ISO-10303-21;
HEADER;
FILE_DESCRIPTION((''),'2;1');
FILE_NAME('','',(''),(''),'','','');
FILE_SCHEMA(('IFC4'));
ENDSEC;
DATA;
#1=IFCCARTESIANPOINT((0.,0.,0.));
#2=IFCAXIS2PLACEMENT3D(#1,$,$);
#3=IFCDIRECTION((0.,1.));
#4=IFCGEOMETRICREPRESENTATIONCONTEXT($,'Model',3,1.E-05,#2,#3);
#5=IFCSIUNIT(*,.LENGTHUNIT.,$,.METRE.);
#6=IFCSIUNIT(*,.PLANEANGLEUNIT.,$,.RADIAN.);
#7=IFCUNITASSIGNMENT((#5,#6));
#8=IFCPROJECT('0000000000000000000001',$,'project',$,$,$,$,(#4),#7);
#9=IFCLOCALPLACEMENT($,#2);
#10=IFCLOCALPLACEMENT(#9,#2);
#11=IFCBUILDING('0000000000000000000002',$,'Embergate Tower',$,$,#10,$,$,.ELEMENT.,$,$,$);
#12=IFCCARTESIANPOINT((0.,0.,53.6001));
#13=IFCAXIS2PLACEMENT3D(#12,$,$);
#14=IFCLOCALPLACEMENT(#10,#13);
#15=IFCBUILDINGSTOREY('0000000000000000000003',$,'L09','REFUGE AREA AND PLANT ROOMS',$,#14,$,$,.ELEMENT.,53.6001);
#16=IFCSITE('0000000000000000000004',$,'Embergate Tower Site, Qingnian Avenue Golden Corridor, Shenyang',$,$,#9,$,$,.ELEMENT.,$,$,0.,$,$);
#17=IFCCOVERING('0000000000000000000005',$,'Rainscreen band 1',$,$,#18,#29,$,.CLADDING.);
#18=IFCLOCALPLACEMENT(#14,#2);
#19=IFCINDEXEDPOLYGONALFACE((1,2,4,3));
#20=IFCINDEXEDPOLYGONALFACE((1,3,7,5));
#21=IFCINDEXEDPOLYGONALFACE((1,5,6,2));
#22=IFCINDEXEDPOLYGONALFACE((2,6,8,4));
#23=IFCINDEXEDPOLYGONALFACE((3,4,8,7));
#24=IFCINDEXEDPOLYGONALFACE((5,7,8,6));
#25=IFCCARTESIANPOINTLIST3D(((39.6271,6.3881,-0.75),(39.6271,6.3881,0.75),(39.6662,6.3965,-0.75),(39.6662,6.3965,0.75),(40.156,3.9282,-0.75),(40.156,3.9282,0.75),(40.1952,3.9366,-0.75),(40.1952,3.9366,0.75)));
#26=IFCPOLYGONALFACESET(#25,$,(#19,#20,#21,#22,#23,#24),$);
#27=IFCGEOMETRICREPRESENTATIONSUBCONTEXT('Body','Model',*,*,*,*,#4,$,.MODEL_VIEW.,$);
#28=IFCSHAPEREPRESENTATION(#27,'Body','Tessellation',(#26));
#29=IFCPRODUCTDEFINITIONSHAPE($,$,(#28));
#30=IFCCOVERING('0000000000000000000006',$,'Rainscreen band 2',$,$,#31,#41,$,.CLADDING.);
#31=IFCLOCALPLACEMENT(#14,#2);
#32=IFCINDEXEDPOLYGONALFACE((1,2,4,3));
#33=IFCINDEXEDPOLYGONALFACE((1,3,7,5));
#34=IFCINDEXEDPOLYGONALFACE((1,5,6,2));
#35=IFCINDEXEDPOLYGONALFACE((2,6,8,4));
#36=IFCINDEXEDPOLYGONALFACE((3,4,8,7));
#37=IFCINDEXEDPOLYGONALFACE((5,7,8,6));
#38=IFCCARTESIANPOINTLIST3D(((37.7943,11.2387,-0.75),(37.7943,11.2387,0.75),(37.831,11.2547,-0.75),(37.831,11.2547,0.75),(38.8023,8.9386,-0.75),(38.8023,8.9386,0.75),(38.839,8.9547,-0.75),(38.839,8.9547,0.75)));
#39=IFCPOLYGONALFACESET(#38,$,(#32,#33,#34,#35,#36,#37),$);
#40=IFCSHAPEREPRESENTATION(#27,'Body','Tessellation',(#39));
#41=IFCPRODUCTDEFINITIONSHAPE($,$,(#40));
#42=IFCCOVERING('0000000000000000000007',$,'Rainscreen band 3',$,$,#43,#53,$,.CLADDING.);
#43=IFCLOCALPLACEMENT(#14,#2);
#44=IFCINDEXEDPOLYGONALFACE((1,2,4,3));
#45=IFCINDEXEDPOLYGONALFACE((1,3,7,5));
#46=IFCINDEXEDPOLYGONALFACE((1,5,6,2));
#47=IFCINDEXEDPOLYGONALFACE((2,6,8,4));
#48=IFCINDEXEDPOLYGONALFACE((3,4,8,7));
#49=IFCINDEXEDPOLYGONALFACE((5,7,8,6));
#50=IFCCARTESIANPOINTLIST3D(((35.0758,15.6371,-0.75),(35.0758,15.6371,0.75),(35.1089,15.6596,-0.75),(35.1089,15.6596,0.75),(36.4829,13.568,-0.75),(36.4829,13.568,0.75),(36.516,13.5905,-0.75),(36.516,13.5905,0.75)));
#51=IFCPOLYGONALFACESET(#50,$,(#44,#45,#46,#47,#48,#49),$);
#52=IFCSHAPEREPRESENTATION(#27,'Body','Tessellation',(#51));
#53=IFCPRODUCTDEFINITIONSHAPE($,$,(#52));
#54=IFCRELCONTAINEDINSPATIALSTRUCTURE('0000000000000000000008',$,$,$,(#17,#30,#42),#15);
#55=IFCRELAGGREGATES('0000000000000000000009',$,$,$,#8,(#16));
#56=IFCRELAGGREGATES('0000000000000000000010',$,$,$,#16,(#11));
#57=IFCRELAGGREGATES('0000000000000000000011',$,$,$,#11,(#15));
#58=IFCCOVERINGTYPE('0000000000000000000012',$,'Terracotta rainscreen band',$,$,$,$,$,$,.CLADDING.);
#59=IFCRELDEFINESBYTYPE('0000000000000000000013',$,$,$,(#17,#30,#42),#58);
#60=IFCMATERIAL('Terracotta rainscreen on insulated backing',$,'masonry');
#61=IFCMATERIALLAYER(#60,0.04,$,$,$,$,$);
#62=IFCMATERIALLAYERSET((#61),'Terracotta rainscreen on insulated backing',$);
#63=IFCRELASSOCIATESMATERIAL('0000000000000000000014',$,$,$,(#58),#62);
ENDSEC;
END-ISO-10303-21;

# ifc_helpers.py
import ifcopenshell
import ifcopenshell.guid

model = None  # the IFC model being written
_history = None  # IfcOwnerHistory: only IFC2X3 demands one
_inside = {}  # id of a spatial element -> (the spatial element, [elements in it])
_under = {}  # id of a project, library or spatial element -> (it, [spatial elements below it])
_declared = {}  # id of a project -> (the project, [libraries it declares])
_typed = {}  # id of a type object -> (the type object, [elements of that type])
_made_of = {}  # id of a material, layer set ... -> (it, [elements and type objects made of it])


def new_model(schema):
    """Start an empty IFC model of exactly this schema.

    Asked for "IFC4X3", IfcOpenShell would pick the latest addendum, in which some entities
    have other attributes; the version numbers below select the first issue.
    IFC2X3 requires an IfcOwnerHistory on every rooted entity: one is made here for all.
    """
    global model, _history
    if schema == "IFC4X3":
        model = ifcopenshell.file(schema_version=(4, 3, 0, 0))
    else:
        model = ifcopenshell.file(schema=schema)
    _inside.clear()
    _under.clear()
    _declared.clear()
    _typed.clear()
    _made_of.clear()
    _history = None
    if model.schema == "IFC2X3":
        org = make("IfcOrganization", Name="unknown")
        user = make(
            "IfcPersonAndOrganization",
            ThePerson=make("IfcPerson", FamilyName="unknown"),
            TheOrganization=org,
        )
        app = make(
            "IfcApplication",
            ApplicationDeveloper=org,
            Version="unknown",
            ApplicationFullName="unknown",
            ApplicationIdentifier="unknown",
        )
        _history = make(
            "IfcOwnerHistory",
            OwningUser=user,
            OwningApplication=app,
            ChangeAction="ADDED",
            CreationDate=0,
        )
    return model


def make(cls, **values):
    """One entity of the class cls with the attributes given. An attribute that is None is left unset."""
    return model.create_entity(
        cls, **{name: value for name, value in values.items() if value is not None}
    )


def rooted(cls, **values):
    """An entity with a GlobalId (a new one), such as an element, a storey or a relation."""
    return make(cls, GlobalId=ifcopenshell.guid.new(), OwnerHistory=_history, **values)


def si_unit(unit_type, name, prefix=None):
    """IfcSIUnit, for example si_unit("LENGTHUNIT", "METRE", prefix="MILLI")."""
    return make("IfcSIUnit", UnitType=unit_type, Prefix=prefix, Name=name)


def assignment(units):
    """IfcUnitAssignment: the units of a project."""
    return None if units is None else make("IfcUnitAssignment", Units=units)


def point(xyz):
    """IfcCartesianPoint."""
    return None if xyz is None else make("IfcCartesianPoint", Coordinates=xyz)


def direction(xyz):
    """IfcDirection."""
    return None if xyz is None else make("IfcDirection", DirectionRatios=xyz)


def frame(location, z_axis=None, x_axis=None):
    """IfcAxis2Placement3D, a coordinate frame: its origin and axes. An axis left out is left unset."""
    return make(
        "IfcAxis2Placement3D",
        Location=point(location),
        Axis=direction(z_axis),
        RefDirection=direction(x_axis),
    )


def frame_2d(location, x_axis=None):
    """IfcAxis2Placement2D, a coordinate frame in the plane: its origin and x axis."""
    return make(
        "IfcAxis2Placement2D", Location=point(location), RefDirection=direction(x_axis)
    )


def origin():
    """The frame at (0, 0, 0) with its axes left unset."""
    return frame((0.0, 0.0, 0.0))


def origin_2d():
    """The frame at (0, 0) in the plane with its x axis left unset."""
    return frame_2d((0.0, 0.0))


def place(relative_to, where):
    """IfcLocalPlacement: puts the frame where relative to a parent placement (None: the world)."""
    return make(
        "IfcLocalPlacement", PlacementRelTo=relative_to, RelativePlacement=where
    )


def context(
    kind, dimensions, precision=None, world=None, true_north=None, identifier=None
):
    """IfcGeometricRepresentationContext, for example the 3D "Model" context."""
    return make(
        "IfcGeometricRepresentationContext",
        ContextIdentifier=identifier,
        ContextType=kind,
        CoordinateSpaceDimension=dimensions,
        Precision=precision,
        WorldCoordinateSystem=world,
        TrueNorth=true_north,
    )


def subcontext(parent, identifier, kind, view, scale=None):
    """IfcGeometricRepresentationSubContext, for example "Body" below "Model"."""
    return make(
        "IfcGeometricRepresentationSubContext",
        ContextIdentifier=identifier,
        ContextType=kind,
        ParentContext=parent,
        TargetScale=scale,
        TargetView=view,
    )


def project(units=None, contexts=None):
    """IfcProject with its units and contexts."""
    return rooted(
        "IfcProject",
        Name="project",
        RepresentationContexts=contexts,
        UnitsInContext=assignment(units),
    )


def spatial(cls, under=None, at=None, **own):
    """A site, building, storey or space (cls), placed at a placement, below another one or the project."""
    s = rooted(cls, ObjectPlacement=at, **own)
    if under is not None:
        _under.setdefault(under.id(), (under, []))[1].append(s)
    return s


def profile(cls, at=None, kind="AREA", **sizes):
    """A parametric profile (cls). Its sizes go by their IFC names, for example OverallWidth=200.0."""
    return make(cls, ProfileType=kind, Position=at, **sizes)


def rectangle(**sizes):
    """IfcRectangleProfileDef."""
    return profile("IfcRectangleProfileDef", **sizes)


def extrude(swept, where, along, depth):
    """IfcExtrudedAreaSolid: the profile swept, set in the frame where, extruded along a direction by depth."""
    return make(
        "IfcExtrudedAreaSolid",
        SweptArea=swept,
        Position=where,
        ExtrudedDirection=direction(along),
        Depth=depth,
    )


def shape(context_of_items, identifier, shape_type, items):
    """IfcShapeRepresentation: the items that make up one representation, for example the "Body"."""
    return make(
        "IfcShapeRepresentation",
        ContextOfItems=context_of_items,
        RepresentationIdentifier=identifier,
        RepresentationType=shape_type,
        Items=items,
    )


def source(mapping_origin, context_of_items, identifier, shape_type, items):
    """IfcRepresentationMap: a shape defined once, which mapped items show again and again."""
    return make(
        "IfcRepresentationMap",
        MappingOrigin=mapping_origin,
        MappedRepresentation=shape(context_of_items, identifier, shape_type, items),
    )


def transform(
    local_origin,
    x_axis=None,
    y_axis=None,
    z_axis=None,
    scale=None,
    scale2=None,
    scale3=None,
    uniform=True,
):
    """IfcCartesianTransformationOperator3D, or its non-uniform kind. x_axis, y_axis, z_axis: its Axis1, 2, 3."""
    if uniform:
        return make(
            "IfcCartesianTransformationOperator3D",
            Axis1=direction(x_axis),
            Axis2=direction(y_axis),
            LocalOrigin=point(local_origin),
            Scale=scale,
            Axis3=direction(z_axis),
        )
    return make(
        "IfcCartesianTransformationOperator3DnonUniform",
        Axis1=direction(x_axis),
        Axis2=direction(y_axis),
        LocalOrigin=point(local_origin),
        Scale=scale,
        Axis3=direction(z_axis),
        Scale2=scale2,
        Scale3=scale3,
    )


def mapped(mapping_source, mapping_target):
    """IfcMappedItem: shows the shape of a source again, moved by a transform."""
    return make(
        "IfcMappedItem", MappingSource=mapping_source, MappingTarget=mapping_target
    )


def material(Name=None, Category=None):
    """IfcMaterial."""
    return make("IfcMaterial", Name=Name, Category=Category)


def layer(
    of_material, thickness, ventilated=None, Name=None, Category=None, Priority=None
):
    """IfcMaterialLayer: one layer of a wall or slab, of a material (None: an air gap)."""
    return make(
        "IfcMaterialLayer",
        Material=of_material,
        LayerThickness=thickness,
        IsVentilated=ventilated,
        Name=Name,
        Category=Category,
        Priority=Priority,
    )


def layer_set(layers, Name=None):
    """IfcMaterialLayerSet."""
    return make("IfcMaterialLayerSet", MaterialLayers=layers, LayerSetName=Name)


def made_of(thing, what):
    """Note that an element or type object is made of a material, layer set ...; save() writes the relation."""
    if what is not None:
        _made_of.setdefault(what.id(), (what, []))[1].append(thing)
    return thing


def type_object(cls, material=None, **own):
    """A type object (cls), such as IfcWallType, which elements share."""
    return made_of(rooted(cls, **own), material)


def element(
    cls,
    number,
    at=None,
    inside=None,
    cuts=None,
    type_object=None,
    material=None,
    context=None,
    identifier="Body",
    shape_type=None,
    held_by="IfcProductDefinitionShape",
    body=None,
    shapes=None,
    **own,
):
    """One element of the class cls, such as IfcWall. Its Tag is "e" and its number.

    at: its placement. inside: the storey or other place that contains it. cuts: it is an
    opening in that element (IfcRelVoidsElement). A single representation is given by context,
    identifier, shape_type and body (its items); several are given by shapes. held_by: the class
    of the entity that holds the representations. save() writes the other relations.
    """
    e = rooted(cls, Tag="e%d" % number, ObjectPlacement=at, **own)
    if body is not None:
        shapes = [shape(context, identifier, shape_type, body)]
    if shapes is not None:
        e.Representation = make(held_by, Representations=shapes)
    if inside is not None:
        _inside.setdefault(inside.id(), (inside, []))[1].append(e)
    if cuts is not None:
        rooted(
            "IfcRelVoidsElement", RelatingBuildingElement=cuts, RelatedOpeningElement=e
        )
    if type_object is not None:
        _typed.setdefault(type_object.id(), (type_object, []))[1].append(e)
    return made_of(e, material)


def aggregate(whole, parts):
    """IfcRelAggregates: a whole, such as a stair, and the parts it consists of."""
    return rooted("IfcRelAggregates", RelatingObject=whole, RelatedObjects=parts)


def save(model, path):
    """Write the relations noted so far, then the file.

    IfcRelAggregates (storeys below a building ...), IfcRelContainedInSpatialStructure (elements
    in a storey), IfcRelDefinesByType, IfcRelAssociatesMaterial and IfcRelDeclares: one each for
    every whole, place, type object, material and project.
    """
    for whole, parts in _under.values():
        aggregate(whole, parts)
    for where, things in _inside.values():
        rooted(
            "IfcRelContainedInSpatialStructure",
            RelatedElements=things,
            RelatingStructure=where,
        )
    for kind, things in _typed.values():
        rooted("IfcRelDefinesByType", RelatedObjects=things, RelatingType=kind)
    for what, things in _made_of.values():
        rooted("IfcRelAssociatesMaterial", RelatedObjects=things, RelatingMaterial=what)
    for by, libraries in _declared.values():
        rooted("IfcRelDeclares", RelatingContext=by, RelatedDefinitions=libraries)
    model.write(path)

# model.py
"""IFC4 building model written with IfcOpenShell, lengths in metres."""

from ifc_helpers import new_model, si_unit, direction, frame, origin, origin_2d, place, context, subcontext, project, spatial, rectangle, extrude, source, transform, mapped, material, layer, layer_set, type_object, element, save


model = new_model("IFC4")

# Units and contexts
model_context = context("Model", 3, precision=1e-05, world=origin(), true_north=direction((0.0, 1.0)))
body_context = subcontext(model_context, "Body", "Model", "MODEL_VIEW")
ifc_project = project(units=[si_unit("LENGTHUNIT", "METRE"), si_unit("PLANEANGLEUNIT", "RADIAN")], contexts=[model_context])

# Site, building, storey
site_placement = place(None, origin())
site = spatial("IfcSite", under=ifc_project, at=site_placement, Name="Embergate Tower Site, Qingnian Avenue Golden Corridor, Shenyang", CompositionType="ELEMENT", RefElevation=0.0)
building_placement = place(site_placement, origin())
building = spatial("IfcBuilding", under=site, at=building_placement, Name="Embergate Tower", CompositionType="ELEMENT")
storey_placement = place(building_placement, frame((0.0, 0.0, 53.6001)))
storey = spatial("IfcBuildingStorey", under=building, at=storey_placement, Name="L09", Description="REFUGE AREA AND PLANT ROOMS", CompositionType="ELEMENT", Elevation=53.6001)

# Coverings
ifc_material_1 = material(Name="Terracotta rainscreen on insulated backing", Category="masonry")
ifc_layer_1 = layer(ifc_material_1, 0.04)
ifc_layer_set_1 = layer_set([ifc_layer_1], Name="Terracotta rainscreen on insulated backing")
covering_type = type_object("IfcCoveringType", Name="Terracotta rainscreen band", PredefinedType="CLADDING", material=ifc_layer_set_1)
shared_shape_1 = source(origin(), body_context, "Body", "SweptSolid", [
    extrude(rectangle(XDim=2.5161, YDim=0.04, at=origin_2d()), origin(), (0.0, 0.0, 1.0), 1.5),
])
covering_1_placement = place(storey_placement, frame((39.9111, 5.1624, -0.75), z_axis=(0.0, 0.0, 1.0), x_axis=(-0.210235, 0.977651, 0.0)))
element("IfcCovering", 1, at=covering_1_placement, inside=storey, type_object=covering_type, Name="Rainscreen band 1", PredefinedType="CLADDING", context=body_context, shape_type="MappedRepresentation", body=[
    mapped(shared_shape_1, transform((0.0, 0.0, 0.0))),
])
shared_shape_2 = source(origin(), body_context, "Body", "SweptSolid", [
    extrude(rectangle(XDim=2.5112, YDim=0.04, at=origin_2d()), origin(), (0.0, 0.0, 1.0), 1.5),
])
covering_2_placement = place(storey_placement, frame((38.3167, 10.0967, -0.75), z_axis=(0.0, 0.0, 1.0), x_axis=(-0.401404, 0.915901, 0.0)))
element("IfcCovering", 2, at=covering_2_placement, inside=storey, type_object=covering_type, Name="Rainscreen band 2", PredefinedType="CLADDING", context=body_context, shape_type="MappedRepresentation", body=[
    mapped(shared_shape_2, transform((0.0, 0.0, 0.0))),
])
shared_shape_3 = source(origin(), body_context, "Body", "SweptSolid", [
    extrude(rectangle(XDim=2.5022, YDim=0.04, at=origin_2d()), origin(), (0.0, 0.0, 1.0), 1.5),
])
covering_3_placement = place(storey_placement, frame((35.7959, 14.6138, -0.75), z_axis=(0.0, 0.0, 1.0), x_axis=(-0.562332, 0.826912, 0.0)))
element("IfcCovering", 3, at=covering_3_placement, inside=storey, type_object=covering_type, Name="Rainscreen band 3", PredefinedType="CLADDING", context=body_context, shape_type="MappedRepresentation", body=[
    mapped(shared_shape_3, transform((0.0, 0.0, 0.0))),
])

save(model, "model.ifc")
